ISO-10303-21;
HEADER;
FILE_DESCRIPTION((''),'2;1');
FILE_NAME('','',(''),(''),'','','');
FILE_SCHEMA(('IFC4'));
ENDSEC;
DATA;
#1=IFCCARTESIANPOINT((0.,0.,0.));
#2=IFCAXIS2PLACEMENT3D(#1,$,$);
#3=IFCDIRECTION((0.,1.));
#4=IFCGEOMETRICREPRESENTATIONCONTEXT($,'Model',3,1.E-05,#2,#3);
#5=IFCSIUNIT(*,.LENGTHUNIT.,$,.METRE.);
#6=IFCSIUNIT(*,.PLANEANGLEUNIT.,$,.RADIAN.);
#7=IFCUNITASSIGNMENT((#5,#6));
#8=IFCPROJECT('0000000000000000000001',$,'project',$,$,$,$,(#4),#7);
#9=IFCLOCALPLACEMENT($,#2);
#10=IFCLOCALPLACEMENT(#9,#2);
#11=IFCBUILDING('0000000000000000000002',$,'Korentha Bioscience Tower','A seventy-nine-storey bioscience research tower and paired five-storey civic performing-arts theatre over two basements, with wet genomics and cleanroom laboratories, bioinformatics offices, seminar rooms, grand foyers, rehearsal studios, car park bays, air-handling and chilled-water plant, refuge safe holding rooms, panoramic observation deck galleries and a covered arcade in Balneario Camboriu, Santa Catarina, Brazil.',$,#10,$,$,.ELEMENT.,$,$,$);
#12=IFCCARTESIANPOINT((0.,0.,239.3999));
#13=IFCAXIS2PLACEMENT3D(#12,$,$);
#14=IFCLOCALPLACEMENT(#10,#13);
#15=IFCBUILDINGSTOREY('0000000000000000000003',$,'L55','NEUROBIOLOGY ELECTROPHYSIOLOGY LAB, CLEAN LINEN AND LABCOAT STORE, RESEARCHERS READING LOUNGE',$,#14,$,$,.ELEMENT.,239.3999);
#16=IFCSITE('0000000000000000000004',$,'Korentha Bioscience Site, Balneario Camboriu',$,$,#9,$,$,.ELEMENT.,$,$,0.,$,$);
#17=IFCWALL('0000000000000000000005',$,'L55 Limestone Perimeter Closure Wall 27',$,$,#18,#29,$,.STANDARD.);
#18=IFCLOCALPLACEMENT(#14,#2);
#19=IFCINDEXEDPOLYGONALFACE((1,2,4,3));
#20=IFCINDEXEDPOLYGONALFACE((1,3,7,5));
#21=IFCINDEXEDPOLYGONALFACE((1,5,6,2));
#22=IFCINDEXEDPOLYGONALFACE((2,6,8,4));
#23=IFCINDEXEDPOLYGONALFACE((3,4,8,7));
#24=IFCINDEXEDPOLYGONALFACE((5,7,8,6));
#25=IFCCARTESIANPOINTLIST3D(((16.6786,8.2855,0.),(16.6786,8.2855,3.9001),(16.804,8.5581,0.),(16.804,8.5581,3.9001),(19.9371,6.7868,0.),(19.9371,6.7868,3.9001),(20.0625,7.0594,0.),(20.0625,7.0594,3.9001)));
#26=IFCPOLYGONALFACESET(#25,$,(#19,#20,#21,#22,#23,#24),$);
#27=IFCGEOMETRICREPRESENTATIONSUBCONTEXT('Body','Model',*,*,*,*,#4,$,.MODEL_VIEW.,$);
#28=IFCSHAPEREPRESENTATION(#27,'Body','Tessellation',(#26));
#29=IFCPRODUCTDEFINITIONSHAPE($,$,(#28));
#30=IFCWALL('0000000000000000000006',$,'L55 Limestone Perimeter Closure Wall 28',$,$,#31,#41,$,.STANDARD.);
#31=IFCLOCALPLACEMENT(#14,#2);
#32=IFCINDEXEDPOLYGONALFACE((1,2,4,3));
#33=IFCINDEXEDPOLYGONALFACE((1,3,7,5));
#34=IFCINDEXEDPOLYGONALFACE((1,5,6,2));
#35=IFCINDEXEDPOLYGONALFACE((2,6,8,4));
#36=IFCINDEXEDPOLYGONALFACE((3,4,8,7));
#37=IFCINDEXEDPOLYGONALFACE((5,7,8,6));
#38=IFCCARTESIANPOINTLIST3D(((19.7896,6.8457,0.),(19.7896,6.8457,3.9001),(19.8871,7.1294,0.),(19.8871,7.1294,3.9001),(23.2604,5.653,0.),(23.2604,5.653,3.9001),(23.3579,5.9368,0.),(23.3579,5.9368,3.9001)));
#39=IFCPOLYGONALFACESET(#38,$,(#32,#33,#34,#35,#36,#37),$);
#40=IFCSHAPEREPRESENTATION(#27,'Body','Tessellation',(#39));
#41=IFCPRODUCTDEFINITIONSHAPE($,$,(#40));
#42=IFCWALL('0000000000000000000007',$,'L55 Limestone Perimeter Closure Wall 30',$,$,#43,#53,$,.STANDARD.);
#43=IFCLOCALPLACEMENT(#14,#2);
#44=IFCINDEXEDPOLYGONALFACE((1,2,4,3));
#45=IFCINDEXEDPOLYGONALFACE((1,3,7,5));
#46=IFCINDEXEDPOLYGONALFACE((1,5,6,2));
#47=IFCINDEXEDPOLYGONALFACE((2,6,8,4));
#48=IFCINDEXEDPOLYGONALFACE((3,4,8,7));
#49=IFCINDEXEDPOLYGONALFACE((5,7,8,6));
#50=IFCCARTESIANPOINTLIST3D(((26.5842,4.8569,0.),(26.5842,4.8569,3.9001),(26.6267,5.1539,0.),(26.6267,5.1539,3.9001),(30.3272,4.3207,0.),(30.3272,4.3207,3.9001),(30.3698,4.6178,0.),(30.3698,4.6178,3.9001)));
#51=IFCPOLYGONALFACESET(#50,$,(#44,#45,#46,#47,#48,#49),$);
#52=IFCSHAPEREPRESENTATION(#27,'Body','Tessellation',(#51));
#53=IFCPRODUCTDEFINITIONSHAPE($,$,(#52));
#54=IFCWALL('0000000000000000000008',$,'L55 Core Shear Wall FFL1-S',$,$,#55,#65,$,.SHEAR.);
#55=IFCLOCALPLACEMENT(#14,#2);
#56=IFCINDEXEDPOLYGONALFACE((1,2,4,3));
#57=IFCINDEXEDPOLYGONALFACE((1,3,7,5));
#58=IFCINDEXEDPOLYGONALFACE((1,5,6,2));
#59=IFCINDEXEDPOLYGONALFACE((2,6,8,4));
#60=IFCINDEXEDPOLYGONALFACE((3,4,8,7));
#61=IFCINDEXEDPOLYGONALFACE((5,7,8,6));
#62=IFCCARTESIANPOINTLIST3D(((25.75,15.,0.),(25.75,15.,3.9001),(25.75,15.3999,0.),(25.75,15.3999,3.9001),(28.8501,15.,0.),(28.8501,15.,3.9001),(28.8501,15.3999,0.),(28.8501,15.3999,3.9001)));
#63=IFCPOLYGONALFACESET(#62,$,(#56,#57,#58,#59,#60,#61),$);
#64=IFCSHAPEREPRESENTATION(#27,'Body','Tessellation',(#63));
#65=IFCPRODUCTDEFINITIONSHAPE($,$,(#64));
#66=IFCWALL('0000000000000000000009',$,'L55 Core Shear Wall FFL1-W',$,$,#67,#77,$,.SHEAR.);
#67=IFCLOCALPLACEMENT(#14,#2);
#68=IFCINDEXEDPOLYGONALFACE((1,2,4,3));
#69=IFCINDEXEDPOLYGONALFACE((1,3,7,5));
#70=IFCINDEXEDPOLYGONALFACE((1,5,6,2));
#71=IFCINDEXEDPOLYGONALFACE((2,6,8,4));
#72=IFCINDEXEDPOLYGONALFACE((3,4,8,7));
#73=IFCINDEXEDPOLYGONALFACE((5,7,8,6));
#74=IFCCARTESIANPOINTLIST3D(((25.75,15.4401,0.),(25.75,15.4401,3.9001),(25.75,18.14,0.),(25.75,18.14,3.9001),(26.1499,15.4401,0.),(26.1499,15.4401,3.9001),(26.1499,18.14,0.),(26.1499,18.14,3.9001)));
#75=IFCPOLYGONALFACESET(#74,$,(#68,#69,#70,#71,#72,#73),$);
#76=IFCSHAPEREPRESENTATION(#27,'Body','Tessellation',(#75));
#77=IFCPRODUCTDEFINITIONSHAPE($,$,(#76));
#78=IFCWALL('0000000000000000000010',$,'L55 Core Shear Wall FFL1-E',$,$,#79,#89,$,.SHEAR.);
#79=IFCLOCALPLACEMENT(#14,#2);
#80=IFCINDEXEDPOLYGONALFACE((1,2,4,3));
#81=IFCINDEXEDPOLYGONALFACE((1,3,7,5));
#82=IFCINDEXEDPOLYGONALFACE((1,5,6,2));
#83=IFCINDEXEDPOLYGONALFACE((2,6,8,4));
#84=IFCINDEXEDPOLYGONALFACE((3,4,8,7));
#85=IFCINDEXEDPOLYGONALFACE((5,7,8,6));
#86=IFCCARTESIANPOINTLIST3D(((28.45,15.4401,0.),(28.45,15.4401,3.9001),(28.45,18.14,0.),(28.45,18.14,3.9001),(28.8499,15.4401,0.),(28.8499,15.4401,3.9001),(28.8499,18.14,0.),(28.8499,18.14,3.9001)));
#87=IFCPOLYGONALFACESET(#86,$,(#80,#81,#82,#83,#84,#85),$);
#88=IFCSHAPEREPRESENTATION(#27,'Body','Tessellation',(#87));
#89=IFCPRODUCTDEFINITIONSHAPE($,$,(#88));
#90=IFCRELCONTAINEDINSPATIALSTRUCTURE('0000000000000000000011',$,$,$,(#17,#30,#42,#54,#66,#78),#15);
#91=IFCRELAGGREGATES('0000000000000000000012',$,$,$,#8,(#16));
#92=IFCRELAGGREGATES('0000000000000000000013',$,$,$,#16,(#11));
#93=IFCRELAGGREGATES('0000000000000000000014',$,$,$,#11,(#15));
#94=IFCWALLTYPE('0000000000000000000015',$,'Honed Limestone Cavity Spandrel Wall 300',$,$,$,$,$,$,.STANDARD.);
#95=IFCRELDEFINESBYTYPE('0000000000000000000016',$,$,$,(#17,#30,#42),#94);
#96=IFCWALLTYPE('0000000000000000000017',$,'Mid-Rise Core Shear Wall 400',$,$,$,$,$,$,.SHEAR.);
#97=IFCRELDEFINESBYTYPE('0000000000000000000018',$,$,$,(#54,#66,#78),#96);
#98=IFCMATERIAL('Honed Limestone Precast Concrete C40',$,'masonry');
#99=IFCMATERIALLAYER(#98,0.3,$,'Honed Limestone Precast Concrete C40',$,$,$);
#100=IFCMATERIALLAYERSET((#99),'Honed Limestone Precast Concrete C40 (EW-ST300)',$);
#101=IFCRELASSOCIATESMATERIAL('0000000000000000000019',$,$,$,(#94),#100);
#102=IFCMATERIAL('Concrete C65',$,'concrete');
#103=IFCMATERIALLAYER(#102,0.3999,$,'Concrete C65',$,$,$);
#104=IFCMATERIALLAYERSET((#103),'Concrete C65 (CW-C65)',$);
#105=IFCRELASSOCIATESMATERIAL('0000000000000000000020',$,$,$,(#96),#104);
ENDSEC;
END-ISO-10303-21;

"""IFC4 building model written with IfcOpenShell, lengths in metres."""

from ifc_helpers import new_model, si_unit, direction, frame, frame_2d, origin, place, context, subcontext, project, spatial, rectangle, extrude, material, layer, layer_set, type_object, element, save


model = new_model("IFC4")

# Units and contexts
model_context = context("Model", 3, precision=1e-05, world=origin(), true_north=direction((0.0, 1.0)))
body_context = subcontext(model_context, "Body", "Model", "MODEL_VIEW")
ifc_project = project(units=[si_unit("LENGTHUNIT", "METRE"), si_unit("PLANEANGLEUNIT", "RADIAN")], contexts=[model_context])

# Site, building, storey
site_placement = place(None, origin())
site = spatial("IfcSite", under=ifc_project, at=site_placement, Name="Korentha Bioscience Site, Balneario Camboriu", CompositionType="ELEMENT", RefElevation=0.0)
building_placement = place(site_placement, origin())
building = spatial("IfcBuilding", under=site, at=building_placement, Name="Korentha Bioscience Tower", Description="A seventy-nine-storey bioscience research tower and paired five-storey civic performing-arts theatre over two basements, with wet genomics and cleanroom laboratories, bioinformatics offices, seminar rooms, grand foyers, rehearsal studios, car park bays, air-handling and chilled-water plant, refuge safe holding rooms, panoramic observation deck galleries and a covered arcade in Balneario Camboriu, Santa Catarina, Brazil.", CompositionType="ELEMENT")
storey_placement = place(building_placement, frame((0.0, 0.0, 239.3999)))
storey = spatial("IfcBuildingStorey", under=building, at=storey_placement, Name="L55", Description="NEUROBIOLOGY ELECTROPHYSIOLOGY LAB, CLEAN LINEN AND LABCOAT STORE, RESEARCHERS READING LOUNGE", CompositionType="ELEMENT", Elevation=239.3999)

# Shared definitions
ifc_material_1 = material(Name="Concrete C65", Category="concrete")

# Shared definitions
ifc_material_2 = material(Name="Honed Limestone Precast Concrete C40", Category="masonry")
ifc_layer_1 = layer(ifc_material_2, 0.3, Name="Honed Limestone Precast Concrete C40")
ifc_layer_set_1 = layer_set([ifc_layer_1], Name="Honed Limestone Precast Concrete C40 (EW-ST300)")
wall_type_1 = type_object("IfcWallType", Name="Honed Limestone Cavity Spandrel Wall 300", PredefinedType="STANDARD", material=ifc_layer_set_1)

# Walls
wall_1_placement = place(storey_placement, frame((16.7412, 8.4219, 0.0), z_axis=(0.0, 0.0, 1.0), x_axis=(0.908506, -0.417871, 0.0)))
element("IfcWall", 1, at=wall_1_placement, inside=storey, type_object=wall_type_1, Name="L55 Limestone Perimeter Closure Wall 27", PredefinedType="STANDARD", context=body_context, shape_type="SweptSolid", body=[
    extrude(rectangle(XDim=3.5867, YDim=0.3, at=frame_2d((1.7935, 0.0))), origin(), (0.0, 0.0, 1.0), 3.9001),
])
wall_2_placement = place(storey_placement, frame((19.8384, 6.9875, 0.0), z_axis=(0.0, 0.0, 1.0), x_axis=(0.945722, -0.324976, 0.0)))
element("IfcWall", 2, at=wall_2_placement, inside=storey, type_object=wall_type_1, Name="L55 Limestone Perimeter Closure Wall 28", PredefinedType="STANDARD", context=body_context, shape_type="SweptSolid", body=[
    extrude(rectangle(XDim=3.6699, YDim=0.3, at=frame_2d((1.835, 0.0))), origin(), (0.0, 0.0, 1.0), 3.9001),
])
wall_3_placement = place(storey_placement, frame((26.6055, 5.0054, 0.0), z_axis=(0.0, 0.0, 1.0), x_axis=(0.989898, -0.141783, 0.0)))
element("IfcWall", 3, at=wall_3_placement, inside=storey, type_object=wall_type_1, Name="L55 Limestone Perimeter Closure Wall 30", PredefinedType="STANDARD", context=body_context, shape_type="SweptSolid", body=[
    extrude(rectangle(XDim=3.7812, YDim=0.3, at=frame_2d((1.8906, 0.0))), origin(), (0.0, 0.0, 1.0), 3.9001),
])
ifc_layer_2 = layer(ifc_material_1, 0.3999, Name="Concrete C65")
ifc_layer_set_2 = layer_set([ifc_layer_2], Name="Concrete C65 (CW-C65)")
wall_type_2 = type_object("IfcWallType", Name="Mid-Rise Core Shear Wall 400", PredefinedType="SHEAR", material=ifc_layer_set_2)
wall_4_placement = place(storey_placement, frame((25.75, 15.2, 0.0), z_axis=(0.0, 0.0, 1.0), x_axis=(1.0, 0.0, 0.0)))
element("IfcWall", 4, at=wall_4_placement, inside=storey, type_object=wall_type_2, Name="L55 Core Shear Wall FFL1-S", PredefinedType="SHEAR", context=body_context, shape_type="SweptSolid", body=[
    extrude(rectangle(XDim=3.1001, YDim=0.3999, at=frame_2d((1.55, 0.0))), origin(), (0.0, 0.0, 1.0), 3.9001),
])
for number, where, z_axis, x_axis, name in (
    (5, (25.95, 15.4399, 0.0), (0.0, 0.0, 1.0), (0.0, 1.0, 0.0), "L55 Core Shear Wall FFL1-W"),
    (6, (28.6499, 15.4399, 0.0), (0.0, 0.0, 1.0), (0.0, 1.0, 0.0), "L55 Core Shear Wall FFL1-E"),
):
    element("IfcWall", number, at=place(storey_placement, frame(where, z_axis=z_axis, x_axis=x_axis)), inside=storey, type_object=wall_type_2, Name=name, PredefinedType="SHEAR", context=body_context, shape_type="SweptSolid", body=[
        extrude(rectangle(XDim=2.7, YDim=0.3999, at=frame_2d((1.3501, 0.0))), origin(), (0.0, 0.0, 1.0), 3.9001),
    ])

save(model, "model.ifc")
